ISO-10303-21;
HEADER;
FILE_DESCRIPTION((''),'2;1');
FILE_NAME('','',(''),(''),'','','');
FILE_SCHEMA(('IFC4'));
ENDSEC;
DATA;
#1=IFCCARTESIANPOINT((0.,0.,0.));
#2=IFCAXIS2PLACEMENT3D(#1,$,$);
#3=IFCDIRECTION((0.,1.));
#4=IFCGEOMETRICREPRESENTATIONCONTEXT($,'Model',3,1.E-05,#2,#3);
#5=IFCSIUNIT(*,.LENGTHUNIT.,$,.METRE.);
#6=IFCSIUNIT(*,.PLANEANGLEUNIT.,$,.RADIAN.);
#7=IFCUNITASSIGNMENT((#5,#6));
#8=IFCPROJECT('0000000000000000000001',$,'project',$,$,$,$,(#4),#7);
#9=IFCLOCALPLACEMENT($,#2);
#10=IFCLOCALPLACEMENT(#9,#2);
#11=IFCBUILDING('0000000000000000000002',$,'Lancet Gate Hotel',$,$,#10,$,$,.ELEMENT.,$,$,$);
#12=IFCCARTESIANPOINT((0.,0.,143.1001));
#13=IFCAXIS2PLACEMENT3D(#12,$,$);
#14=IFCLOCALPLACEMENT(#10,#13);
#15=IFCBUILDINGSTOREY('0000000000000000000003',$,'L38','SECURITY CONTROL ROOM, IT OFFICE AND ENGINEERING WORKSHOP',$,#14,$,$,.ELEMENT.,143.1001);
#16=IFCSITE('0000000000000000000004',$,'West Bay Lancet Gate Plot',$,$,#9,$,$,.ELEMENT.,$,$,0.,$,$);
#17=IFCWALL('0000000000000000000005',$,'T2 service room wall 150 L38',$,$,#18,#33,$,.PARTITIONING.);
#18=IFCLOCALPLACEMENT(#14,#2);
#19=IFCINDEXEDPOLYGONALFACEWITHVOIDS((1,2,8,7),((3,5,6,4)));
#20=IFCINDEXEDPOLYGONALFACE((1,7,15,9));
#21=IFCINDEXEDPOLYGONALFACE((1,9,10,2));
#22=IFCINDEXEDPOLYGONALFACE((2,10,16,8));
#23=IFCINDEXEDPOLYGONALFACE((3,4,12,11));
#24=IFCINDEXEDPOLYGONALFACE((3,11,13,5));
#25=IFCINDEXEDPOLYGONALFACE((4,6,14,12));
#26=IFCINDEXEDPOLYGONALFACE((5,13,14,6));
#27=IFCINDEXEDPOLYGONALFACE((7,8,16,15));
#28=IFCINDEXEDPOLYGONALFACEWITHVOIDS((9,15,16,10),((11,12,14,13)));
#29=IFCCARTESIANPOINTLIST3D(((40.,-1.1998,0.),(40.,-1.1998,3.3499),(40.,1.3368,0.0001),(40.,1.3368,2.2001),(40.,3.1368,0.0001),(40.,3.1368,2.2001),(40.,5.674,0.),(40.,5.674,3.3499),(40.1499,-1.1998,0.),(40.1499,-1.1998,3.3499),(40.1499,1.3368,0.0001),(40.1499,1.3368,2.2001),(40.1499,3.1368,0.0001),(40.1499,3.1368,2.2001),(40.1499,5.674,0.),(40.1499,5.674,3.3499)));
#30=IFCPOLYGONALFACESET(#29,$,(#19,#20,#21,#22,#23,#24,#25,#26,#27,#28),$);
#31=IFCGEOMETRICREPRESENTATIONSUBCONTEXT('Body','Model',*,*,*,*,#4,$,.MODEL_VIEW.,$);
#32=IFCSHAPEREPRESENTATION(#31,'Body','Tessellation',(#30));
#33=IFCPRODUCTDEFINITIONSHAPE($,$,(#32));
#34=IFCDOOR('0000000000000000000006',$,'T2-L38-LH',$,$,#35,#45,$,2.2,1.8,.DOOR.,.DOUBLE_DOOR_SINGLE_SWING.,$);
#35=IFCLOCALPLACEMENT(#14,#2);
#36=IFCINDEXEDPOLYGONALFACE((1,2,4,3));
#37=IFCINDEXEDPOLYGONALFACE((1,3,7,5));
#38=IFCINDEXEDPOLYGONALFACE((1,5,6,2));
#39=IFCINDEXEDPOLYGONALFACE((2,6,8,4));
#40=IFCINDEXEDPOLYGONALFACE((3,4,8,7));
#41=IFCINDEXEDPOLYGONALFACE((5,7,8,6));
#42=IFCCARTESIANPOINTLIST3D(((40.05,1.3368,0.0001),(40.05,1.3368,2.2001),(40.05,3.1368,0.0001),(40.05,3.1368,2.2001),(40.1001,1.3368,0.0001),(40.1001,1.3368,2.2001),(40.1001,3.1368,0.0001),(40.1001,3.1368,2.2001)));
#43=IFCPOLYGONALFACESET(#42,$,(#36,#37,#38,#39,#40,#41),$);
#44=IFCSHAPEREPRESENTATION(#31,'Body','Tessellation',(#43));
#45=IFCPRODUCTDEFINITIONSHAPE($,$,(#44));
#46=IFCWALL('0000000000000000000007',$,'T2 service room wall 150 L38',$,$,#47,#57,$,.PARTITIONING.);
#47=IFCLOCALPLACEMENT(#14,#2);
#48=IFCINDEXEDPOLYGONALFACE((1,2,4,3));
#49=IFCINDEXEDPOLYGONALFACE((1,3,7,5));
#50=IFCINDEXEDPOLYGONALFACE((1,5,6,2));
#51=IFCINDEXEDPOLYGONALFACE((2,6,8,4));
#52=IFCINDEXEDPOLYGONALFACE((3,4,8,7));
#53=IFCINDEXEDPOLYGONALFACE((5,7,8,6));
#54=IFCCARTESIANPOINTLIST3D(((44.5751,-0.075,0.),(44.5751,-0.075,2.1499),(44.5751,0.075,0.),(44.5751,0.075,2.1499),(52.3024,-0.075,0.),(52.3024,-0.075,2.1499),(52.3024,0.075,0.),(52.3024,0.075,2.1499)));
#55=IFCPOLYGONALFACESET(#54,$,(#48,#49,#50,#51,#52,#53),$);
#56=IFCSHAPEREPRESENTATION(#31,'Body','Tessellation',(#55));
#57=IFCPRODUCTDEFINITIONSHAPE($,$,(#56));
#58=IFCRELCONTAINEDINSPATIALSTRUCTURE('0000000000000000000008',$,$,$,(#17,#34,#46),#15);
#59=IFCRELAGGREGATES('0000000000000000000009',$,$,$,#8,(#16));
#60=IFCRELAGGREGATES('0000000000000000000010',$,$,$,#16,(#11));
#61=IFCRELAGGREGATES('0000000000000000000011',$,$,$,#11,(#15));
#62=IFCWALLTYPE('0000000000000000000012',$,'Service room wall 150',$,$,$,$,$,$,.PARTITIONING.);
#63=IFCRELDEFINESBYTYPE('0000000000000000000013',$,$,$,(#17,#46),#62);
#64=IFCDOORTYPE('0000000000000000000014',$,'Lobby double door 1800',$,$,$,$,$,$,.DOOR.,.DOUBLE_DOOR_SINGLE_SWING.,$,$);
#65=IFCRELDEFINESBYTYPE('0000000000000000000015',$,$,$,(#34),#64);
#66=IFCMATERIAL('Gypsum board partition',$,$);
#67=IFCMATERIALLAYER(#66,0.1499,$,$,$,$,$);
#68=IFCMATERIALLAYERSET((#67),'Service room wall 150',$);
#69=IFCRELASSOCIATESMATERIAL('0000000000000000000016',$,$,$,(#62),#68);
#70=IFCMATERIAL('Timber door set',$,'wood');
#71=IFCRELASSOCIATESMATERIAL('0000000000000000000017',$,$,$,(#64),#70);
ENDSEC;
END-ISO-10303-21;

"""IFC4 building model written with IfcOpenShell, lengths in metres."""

from ifc_helpers import new_model, si_unit, direction, frame, frame_2d, origin, place, context, subcontext, project, spatial, rectangle, extrude, material, layer, layer_set, type_object, element, fill, save


model = new_model("IFC4")

# Units and contexts
model_context = context("Model", 3, precision=1e-05, world=origin(), true_north=direction((0.0, 1.0)))
body_context = subcontext(model_context, "Body", "Model", "MODEL_VIEW")
ifc_project = project(units=[si_unit("LENGTHUNIT", "METRE"), si_unit("PLANEANGLEUNIT", "RADIAN")], contexts=[model_context])

# Site, building, storey
site_placement = place(None, origin())
site = spatial("IfcSite", under=ifc_project, at=site_placement, Name="West Bay Lancet Gate Plot", CompositionType="ELEMENT", RefElevation=0.0)
building_placement = place(site_placement, origin())
building = spatial("IfcBuilding", under=site, at=building_placement, Name="Lancet Gate Hotel", CompositionType="ELEMENT")
storey_placement = place(building_placement, frame((0.0, 0.0, 143.1001)))
storey = spatial("IfcBuildingStorey", under=building, at=storey_placement, Name="L38", Description="SECURITY CONTROL ROOM, IT OFFICE AND ENGINEERING WORKSHOP", CompositionType="ELEMENT", Elevation=143.1001)

# Wall, opening, door
ifc_material_1 = material(Name="Gypsum board partition")
ifc_layer_1 = layer(ifc_material_1, 0.1499)
ifc_layer_set_1 = layer_set([ifc_layer_1], Name="Service room wall 150")
wall_type_1 = type_object("IfcWallType", Name="Service room wall 150", PredefinedType="PARTITIONING", material=ifc_layer_set_1)
wall_1_placement = place(storey_placement, frame((40.075, -1.2, 0.0), z_axis=(0.0, 0.0, 1.0), x_axis=(0.0, 1.0, 0.0)))
wall_1 = element("IfcWall", 1, at=wall_1_placement, inside=storey, type_object=wall_type_1, Name="T2 service room wall 150 L38", PredefinedType="PARTITIONING", context=body_context, shape_type="SweptSolid", body=[
    extrude(rectangle(XDim=6.8738, YDim=0.1499, at=frame_2d((3.437, 0.0))), origin(), (0.0, 0.0, 1.0), 3.3499),
])
opening_1_placement = place(wall_1_placement, frame((2.5369, 0.0, 0.0)))
opening_1 = element("IfcOpeningElement", 2, at=opening_1_placement, cuts=wall_1, PredefinedType="OPENING", context=body_context, shape_type="SweptSolid", body=[
    extrude(rectangle(XDim=1.8, YDim=2.2, at=frame_2d((0.8999, 1.1001))), frame((0.0, 0.085, 0.0), z_axis=(0.0, -1.0, 0.0), x_axis=(1.0, 0.0, 0.0)), (0.0, 0.0, 1.0), 0.1699),
])
ifc_material_2 = material(Name="Timber door set", Category="wood")
door_type = type_object("IfcDoorType", Name="Lobby double door 1800", OperationType="DOUBLE_DOOR_SINGLE_SWING", PredefinedType="DOOR", material=ifc_material_2)
door_placement = place(opening_1_placement, origin())
door = element("IfcDoor", 3, at=door_placement, inside=storey, type_object=door_type, Name="T2-L38-LH", OperationType="DOUBLE_DOOR_SINGLE_SWING", OverallHeight=2.2, OverallWidth=1.8, PredefinedType="DOOR", context=body_context, shape_type="SweptSolid", body=[
    extrude(rectangle(XDim=1.8, YDim=2.2, at=frame_2d((0.8999, 1.1001))), frame((0.0, 0.0249, 0.0), z_axis=(0.0, -1.0, 0.0), x_axis=(1.0, 0.0, 0.0)), (0.0, 0.0, 1.0), 0.05),
])
fill(opening_1, door)

# Wall
wall_2_placement = place(storey_placement, frame((44.575, 0.0, 0.0), z_axis=(0.0, 0.0, 1.0), x_axis=(1.0, 0.0, 0.0)))
element("IfcWall", 4, at=wall_2_placement, inside=storey, type_object=wall_type_1, Name="T2 service room wall 150 L38", PredefinedType="PARTITIONING", context=body_context, shape_type="SweptSolid", body=[
    extrude(rectangle(XDim=7.7273, YDim=0.1499, at=frame_2d((3.8638, 0.0))), origin(), (0.0, 0.0, 1.0), 2.1499),
])

save(model, "model.ifc")
